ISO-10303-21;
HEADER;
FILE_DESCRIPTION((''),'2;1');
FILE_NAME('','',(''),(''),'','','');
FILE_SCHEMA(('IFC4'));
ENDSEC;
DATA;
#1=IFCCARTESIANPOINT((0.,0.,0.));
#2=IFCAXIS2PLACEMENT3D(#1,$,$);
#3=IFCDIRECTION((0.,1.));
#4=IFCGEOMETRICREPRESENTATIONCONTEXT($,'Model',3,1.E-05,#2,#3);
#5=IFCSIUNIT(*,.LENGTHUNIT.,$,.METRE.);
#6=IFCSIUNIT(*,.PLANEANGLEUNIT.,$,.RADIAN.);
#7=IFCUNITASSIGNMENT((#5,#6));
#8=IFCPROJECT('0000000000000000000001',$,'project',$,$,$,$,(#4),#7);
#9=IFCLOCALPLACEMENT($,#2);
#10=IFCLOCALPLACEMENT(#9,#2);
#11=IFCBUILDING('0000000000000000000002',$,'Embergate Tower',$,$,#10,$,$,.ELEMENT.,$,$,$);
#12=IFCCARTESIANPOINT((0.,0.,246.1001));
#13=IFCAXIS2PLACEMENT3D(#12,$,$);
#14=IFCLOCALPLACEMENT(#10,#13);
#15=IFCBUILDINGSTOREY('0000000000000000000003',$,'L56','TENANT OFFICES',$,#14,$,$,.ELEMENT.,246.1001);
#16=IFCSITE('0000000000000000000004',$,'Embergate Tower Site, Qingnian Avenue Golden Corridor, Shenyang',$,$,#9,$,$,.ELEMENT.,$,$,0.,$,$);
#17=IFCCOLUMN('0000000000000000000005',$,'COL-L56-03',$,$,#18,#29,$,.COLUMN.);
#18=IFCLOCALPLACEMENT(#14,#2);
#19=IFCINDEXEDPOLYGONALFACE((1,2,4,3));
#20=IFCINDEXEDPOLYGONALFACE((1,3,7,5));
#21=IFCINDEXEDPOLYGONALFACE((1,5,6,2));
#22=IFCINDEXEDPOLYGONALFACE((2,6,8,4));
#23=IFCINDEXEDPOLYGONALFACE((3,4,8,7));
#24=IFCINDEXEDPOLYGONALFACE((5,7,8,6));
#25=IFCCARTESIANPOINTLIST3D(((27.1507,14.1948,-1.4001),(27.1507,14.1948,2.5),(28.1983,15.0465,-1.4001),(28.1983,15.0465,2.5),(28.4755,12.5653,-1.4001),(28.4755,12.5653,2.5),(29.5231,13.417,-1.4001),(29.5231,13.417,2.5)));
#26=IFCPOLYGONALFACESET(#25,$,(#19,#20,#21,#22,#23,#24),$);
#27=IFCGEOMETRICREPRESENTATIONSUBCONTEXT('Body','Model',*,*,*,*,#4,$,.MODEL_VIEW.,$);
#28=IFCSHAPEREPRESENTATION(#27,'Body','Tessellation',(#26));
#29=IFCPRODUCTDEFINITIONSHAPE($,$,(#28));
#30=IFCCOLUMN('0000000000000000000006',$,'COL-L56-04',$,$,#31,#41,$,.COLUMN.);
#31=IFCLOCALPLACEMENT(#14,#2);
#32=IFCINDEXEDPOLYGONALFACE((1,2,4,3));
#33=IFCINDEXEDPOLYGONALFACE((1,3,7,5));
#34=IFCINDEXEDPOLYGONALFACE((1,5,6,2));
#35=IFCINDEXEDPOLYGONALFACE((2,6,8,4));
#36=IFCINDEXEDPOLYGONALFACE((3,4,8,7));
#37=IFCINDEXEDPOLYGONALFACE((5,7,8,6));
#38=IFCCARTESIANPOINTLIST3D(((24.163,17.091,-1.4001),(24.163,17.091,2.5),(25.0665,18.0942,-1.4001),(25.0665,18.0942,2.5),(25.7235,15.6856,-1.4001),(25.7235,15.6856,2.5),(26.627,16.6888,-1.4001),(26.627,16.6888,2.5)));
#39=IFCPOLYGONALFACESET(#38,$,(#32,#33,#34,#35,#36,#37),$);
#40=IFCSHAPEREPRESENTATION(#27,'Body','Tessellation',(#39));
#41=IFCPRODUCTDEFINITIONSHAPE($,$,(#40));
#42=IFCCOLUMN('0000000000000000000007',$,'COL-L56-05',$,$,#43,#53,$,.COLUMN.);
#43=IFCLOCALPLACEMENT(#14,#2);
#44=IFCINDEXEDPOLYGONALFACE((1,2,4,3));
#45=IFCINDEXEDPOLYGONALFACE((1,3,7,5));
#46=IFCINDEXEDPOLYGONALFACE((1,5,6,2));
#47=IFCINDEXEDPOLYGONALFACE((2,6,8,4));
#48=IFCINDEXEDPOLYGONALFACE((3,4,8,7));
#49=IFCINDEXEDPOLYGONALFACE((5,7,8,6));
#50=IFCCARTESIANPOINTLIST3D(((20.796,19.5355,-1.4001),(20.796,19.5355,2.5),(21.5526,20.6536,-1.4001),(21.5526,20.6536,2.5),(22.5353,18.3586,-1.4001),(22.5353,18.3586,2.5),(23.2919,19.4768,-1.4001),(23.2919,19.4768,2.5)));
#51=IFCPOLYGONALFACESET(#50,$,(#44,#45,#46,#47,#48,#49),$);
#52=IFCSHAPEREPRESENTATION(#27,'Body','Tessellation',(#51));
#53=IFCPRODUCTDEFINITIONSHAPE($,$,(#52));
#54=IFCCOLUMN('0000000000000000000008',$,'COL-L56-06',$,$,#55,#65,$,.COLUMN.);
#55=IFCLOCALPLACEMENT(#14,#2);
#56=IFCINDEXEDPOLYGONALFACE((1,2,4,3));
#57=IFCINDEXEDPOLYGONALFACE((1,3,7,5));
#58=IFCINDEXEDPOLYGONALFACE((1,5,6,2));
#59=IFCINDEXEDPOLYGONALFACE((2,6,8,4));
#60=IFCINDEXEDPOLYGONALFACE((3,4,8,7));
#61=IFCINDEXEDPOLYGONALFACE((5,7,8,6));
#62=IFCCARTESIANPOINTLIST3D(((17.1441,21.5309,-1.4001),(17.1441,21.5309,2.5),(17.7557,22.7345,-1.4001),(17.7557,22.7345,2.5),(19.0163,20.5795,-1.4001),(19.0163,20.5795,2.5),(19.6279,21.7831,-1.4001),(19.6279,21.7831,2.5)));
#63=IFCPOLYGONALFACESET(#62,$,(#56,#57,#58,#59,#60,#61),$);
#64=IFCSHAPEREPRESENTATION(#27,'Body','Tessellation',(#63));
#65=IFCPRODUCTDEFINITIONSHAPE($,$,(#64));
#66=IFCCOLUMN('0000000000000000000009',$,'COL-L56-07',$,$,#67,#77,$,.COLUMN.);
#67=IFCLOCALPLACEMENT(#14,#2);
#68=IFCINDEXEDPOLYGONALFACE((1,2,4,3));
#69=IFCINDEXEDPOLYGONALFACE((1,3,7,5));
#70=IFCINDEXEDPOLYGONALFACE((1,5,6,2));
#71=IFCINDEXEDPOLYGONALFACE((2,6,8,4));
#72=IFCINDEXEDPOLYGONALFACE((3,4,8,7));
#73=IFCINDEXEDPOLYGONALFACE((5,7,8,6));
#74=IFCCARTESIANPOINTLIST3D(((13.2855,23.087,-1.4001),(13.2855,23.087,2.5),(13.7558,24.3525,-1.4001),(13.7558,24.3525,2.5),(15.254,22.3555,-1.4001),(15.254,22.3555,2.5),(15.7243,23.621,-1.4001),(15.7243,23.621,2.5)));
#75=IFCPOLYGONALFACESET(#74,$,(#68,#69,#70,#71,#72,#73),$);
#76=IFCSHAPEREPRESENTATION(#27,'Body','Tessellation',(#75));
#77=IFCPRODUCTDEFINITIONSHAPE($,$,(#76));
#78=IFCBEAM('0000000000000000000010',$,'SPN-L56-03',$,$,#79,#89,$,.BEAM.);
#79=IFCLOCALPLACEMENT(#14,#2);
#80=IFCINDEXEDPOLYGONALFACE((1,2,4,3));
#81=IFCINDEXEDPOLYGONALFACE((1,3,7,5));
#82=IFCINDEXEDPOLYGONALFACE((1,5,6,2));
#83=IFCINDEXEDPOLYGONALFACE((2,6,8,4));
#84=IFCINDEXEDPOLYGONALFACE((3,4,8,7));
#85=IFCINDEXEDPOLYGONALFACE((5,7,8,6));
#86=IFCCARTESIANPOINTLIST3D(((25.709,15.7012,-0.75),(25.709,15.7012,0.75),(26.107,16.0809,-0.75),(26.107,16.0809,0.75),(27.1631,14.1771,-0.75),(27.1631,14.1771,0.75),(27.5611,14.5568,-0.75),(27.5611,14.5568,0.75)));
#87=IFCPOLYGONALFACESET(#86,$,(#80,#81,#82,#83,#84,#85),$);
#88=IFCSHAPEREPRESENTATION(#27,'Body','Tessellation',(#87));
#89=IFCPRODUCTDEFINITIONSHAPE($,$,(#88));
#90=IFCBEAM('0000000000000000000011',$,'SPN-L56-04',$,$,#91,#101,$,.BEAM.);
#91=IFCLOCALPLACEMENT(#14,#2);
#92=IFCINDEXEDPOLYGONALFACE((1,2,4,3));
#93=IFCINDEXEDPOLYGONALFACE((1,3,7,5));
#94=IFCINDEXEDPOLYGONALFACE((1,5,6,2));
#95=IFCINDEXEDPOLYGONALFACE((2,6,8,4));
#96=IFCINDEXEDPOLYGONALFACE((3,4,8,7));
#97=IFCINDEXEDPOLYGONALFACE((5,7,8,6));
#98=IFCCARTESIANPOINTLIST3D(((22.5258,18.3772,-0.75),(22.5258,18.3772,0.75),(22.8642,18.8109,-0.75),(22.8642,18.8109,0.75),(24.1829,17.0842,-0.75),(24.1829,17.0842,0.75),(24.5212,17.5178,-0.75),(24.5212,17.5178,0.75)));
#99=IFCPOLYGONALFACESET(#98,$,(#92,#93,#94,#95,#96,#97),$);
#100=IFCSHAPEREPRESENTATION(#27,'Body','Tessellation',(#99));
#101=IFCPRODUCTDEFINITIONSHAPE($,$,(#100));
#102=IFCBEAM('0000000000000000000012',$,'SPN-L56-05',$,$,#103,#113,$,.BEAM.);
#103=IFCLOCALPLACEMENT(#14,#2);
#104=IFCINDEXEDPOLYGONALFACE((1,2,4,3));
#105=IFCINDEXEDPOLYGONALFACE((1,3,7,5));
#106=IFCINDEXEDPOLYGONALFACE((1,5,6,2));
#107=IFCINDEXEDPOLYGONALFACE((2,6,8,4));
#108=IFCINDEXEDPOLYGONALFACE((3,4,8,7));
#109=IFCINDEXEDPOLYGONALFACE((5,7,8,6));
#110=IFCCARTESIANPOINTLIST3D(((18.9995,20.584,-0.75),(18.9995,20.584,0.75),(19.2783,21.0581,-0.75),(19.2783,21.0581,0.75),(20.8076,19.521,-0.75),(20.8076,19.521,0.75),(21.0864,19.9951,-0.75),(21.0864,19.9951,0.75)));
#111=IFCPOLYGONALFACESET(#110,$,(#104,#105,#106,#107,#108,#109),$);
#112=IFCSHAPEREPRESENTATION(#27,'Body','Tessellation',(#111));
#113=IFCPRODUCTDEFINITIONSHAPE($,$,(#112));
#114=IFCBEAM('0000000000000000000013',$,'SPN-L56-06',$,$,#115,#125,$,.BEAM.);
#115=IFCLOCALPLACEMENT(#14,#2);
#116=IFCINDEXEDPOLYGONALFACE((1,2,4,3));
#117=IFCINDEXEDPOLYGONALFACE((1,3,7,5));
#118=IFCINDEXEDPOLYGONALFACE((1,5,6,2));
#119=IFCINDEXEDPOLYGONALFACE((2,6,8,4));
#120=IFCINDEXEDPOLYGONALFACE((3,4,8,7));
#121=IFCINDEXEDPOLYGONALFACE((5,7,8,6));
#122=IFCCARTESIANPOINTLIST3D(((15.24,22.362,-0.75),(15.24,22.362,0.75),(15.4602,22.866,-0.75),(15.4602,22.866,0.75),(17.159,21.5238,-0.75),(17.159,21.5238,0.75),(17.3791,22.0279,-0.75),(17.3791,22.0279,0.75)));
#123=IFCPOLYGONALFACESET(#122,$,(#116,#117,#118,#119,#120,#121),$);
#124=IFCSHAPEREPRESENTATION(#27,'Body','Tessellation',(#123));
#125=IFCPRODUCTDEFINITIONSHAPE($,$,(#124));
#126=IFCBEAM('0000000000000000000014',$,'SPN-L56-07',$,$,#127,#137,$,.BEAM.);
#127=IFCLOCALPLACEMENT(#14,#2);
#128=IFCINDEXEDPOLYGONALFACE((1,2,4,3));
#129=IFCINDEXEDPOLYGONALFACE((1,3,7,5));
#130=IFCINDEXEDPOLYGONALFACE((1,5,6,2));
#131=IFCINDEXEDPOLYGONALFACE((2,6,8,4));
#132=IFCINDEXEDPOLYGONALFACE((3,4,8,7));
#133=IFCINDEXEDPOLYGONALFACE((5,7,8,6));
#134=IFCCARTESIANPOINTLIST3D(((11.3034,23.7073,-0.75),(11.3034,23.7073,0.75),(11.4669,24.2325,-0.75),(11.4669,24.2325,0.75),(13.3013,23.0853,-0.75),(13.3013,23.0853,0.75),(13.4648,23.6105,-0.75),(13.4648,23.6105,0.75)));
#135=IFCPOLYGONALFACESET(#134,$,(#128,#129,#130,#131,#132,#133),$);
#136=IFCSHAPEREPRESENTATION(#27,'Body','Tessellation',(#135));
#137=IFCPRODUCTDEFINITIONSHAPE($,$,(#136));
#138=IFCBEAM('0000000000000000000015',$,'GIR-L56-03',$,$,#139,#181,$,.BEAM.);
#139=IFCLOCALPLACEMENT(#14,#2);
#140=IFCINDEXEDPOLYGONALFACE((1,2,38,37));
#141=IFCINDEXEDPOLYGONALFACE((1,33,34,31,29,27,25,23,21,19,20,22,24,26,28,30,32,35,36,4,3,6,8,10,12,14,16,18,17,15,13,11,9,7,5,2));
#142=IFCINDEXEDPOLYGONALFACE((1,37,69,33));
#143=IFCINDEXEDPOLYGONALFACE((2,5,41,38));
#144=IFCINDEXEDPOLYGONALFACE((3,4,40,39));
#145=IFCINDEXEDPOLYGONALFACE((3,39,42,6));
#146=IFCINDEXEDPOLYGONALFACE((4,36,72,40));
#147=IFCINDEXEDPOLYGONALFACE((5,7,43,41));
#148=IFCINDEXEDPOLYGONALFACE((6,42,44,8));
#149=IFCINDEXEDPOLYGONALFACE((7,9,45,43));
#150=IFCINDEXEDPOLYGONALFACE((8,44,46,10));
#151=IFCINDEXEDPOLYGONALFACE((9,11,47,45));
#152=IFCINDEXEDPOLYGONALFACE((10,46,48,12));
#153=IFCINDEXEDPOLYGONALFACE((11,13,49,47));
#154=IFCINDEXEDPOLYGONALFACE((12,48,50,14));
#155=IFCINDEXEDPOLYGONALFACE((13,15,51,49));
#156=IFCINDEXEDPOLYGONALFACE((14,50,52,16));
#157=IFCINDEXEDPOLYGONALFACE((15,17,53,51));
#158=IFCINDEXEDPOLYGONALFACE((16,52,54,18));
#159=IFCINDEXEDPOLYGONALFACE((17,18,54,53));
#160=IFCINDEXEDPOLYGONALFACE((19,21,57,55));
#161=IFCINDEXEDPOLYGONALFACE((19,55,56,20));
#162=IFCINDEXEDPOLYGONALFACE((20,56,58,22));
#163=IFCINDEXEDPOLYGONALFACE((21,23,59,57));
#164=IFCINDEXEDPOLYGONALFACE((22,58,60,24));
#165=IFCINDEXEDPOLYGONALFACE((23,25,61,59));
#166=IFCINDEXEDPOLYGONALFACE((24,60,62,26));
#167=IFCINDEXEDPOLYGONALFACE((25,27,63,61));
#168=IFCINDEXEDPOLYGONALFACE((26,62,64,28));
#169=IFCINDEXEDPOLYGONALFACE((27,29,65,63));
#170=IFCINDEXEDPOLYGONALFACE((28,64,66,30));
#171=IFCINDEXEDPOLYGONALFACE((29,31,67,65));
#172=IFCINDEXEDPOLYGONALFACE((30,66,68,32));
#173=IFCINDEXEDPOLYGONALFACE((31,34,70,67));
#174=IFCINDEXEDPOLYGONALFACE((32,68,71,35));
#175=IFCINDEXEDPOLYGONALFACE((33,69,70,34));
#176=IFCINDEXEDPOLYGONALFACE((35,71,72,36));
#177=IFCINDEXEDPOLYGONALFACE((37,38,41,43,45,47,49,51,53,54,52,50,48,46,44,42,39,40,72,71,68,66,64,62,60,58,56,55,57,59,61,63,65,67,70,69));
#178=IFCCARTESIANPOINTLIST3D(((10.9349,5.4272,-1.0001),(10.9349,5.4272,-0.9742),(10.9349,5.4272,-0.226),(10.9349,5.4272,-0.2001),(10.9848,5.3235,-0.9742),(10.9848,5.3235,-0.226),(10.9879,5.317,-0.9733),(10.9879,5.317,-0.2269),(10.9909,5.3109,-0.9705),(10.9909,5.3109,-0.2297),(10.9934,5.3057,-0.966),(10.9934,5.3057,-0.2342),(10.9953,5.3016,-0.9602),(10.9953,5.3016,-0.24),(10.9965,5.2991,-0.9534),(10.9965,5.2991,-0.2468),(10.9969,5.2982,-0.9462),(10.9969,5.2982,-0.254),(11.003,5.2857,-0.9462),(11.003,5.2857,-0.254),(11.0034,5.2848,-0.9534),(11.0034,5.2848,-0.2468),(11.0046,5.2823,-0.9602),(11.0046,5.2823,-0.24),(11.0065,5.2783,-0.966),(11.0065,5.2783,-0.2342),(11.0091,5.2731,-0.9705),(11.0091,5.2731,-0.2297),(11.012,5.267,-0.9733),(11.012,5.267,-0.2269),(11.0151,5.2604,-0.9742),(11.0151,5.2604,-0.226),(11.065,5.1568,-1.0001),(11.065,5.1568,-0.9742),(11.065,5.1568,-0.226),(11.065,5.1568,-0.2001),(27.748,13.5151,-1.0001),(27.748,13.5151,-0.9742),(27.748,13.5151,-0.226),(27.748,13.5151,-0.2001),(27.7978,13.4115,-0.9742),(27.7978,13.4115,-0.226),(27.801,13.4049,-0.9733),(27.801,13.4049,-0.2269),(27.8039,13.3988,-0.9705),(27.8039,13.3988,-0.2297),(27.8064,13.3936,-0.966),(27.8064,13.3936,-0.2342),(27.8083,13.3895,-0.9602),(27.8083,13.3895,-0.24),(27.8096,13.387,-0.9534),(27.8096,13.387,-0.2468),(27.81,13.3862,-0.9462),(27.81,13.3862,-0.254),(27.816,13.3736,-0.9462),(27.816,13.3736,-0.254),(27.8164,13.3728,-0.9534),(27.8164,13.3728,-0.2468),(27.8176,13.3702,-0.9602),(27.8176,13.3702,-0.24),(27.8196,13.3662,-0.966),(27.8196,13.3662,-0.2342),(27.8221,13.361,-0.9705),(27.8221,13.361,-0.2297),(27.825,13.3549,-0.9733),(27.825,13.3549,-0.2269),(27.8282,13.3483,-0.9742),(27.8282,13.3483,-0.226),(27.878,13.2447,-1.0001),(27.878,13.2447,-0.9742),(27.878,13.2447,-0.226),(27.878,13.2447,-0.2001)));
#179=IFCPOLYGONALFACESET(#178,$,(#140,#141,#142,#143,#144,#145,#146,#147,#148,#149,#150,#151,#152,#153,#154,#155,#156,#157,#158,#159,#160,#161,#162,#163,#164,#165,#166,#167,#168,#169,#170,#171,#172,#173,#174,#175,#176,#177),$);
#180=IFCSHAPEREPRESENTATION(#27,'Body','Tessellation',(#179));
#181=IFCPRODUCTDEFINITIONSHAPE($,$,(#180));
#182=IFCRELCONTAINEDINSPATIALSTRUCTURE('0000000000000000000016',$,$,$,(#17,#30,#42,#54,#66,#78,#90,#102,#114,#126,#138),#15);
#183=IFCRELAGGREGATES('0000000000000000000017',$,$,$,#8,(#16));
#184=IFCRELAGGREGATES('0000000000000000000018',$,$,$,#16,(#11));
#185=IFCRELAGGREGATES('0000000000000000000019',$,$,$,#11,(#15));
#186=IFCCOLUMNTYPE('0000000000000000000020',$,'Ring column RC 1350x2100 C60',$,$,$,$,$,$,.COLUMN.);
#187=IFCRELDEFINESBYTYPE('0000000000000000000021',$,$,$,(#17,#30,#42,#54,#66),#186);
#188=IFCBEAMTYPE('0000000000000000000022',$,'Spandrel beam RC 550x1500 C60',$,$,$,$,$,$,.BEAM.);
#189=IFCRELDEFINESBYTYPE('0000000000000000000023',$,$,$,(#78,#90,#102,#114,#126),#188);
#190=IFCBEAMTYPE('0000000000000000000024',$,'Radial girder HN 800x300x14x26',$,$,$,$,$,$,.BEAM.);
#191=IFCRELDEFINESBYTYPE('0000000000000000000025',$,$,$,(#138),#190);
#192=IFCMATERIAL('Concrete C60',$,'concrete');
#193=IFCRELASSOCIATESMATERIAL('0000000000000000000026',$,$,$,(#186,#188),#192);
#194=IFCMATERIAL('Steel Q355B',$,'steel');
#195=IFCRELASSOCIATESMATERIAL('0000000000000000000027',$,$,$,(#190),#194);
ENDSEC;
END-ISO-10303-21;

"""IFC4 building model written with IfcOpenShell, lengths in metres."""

from ifc_helpers import new_model, si_unit, direction, frame, origin, origin_2d, place, context, subcontext, project, spatial, rectangle, i_section, extrude, source, transform, mapped, material, material_profile, profile_set, type_object, element, save


model = new_model("IFC4")

# Units and contexts
model_context = context("Model", 3, precision=1e-05, world=origin(), true_north=direction((0.0, 1.0)))
body_context = subcontext(model_context, "Body", "Model", "MODEL_VIEW")
ifc_project = project(units=[si_unit("LENGTHUNIT", "METRE"), si_unit("PLANEANGLEUNIT", "RADIAN")], contexts=[model_context])

# Site, building, storey
site_placement = place(None, origin())
site = spatial("IfcSite", under=ifc_project, at=site_placement, Name="Embergate Tower Site, Qingnian Avenue Golden Corridor, Shenyang", CompositionType="ELEMENT", RefElevation=0.0)
building_placement = place(site_placement, origin())
building = spatial("IfcBuilding", under=site, at=building_placement, Name="Embergate Tower", CompositionType="ELEMENT")
storey_placement = place(building_placement, frame((0.0, 0.0, 246.1001)))
storey = spatial("IfcBuildingStorey", under=building, at=storey_placement, Name="L56", Description="TENANT OFFICES", CompositionType="ELEMENT", Elevation=246.1001)

# Columns
ifc_material_1 = material(Name="Concrete C60", Category="concrete")
ifc_material_profile_1 = material_profile(ifc_material_1, rectangle(XDim=1.3501, YDim=2.1001, at=origin_2d()), Name="RC 1350x2100")
ifc_profile_set_1 = profile_set([ifc_material_profile_1], Name="Concrete C60")
column_type = type_object("IfcColumnType", Name="Ring column RC 1350x2100 C60", PredefinedType="COLUMN", material=ifc_profile_set_1)
shared_shape_1 = source(origin(), body_context, "Body", "SweptSolid", [
    extrude(rectangle(XDim=1.3501, YDim=2.1001, at=origin_2d()), origin(), (0.0, 0.0, 1.0), 3.9001),
])
for number, where, z_axis, x_axis, name in (
    (1, (28.3369, 13.8059, -1.4001), (0.0, 0.0, 1.0), (0.775925, 0.630825, 0.0), "COL-L56-03"),
    (2, (25.395, 16.8899, -1.4001), (0.0, 0.0, 1.0), (0.669208, 0.743075, 0.0), "COL-L56-04"),
    (3, (22.0439, 19.5061, -1.4001), (0.0, 0.0, 1.0), (0.560393, 0.828227, 0.0), "COL-L56-05"),
    (4, (18.386, 21.657, -1.4001), (0.0, 0.0, 1.0), (0.453011, 0.891505, 0.0), "COL-L56-06"),
    (5, (14.5049, 23.354, -1.4001), (0.0, 0.0, 1.0), (0.348343, 0.937367, 0.0), "COL-L56-07"),
):
    element("IfcColumn", number, at=place(storey_placement, frame(where, z_axis=z_axis, x_axis=x_axis)), inside=storey, type_object=column_type, Name=name, PredefinedType="COLUMN", context=body_context, shape_type="MappedRepresentation", body=[
        mapped(shared_shape_1, transform((0.0, 0.0, 0.0))),
    ])

# Beams
ifc_material_profile_2 = material_profile(ifc_material_1, rectangle(XDim=0.55, YDim=1.5, at=origin_2d()), Name="RC 550x1500")
ifc_profile_set_2 = profile_set([ifc_material_profile_2], Name="Concrete C60")
beam_type_1 = type_object("IfcBeamType", Name="Spandrel beam RC 550x1500 C60", PredefinedType="BEAM", material=ifc_profile_set_2)
shared_shape_2 = source(origin(), body_context, "Body", "SweptSolid", [
    extrude(rectangle(XDim=0.55, YDim=1.5, at=origin_2d()), origin(), (0.0, 0.0, 1.0), 2.1064),
])
beam_1_placement = place(storey_placement, frame((27.3621, 14.3669, 0.0), z_axis=(-0.69028, 0.723542, 0.0), x_axis=(-0.723542, -0.69028, 0.0)))
element("IfcBeam", 6, at=beam_1_placement, inside=storey, type_object=beam_type_1, Name="SPN-L56-03", PredefinedType="BEAM", context=body_context, shape_type="MappedRepresentation", body=[
    mapped(shared_shape_2, transform((0.0, 0.0, 0.0))),
])
shared_shape_3 = source(origin(), body_context, "Body", "SweptSolid", [
    extrude(rectangle(XDim=0.55, YDim=1.5, at=origin_2d()), origin(), (0.0, 0.0, 1.0), 2.1018),
])
beam_2_placement = place(storey_placement, frame((24.3521, 17.301, 0.0), z_axis=(-0.788382, 0.615186, 0.0), x_axis=(-0.615186, -0.788382, 0.0)))
element("IfcBeam", 7, at=beam_2_placement, inside=storey, type_object=beam_type_1, Name="SPN-L56-04", PredefinedType="BEAM", context=body_context, shape_type="MappedRepresentation", body=[
    mapped(shared_shape_3, transform((0.0, 0.0, 0.0))),
])
shared_shape_4 = source(origin(), body_context, "Body", "SweptSolid", [
    extrude(rectangle(XDim=0.55, YDim=1.5, at=origin_2d()), origin(), (0.0, 0.0, 1.0), 2.0974),
])
beam_3_placement = place(storey_placement, frame((20.947, 19.7581, 0.0), z_axis=(-0.86206, 0.506806, 0.0), x_axis=(-0.506806, -0.86206, 0.0)))
element("IfcBeam", 8, at=beam_3_placement, inside=storey, type_object=beam_type_1, Name="SPN-L56-05", PredefinedType="BEAM", context=body_context, shape_type="MappedRepresentation", body=[
    mapped(shared_shape_4, transform((0.0, 0.0, 0.0))),
])
shared_shape_5 = source(origin(), body_context, "Body", "SweptSolid", [
    extrude(rectangle(XDim=0.55, YDim=1.5, at=origin_2d()), origin(), (0.0, 0.0, 1.0), 2.094),
])
beam_4_placement = place(storey_placement, frame((17.269, 21.7759, 0.0), z_axis=(-0.916403, 0.400256, 0.0), x_axis=(-0.400256, -0.916403, 0.0)))
element("IfcBeam", 9, at=beam_4_placement, inside=storey, type_object=beam_type_1, Name="SPN-L56-06", PredefinedType="BEAM", context=body_context, shape_type="MappedRepresentation", body=[
    mapped(shared_shape_5, transform((0.0, 0.0, 0.0))),
])
shared_shape_6 = source(origin(), body_context, "Body", "SweptSolid", [
    extrude(rectangle(XDim=0.55, YDim=1.5, at=origin_2d()), origin(), (0.0, 0.0, 1.0), 2.0925),
])
beam_5_placement = place(storey_placement, frame((13.3831, 23.3479, 0.0), z_axis=(-0.954795, 0.297265, 0.0), x_axis=(-0.297265, -0.954795, 0.0)))
element("IfcBeam", 10, at=beam_5_placement, inside=storey, type_object=beam_type_1, Name="SPN-L56-07", PredefinedType="BEAM", context=body_context, shape_type="MappedRepresentation", body=[
    mapped(shared_shape_6, transform((0.0, 0.0, 0.0))),
])
ifc_material_2 = material(Name="Steel Q355B", Category="steel")
ifc_material_profile_3 = material_profile(ifc_material_2, i_section(OverallWidth=0.3, OverallDepth=0.8, WebThickness=0.0139, FlangeThickness=0.0259, FilletRadius=0.0281, at=origin_2d()), Name="HN 800x300x14x26")
ifc_profile_set_3 = profile_set([ifc_material_profile_3], Name="Steel Q355 grade B")
beam_type_2 = type_object("IfcBeamType", Name="Radial girder HN 800x300x14x26", PredefinedType="BEAM", material=ifc_profile_set_3)
shared_shape_7 = source(origin(), body_context, "Body", "SweptSolid", [
    extrude(i_section(OverallWidth=0.3, OverallDepth=0.8, WebThickness=0.0139, FlangeThickness=0.0259, FilletRadius=0.0281, at=origin_2d()), origin(), (0.0, 0.0, 1.0), 18.6572),
])
beam_6_placement = place(storey_placement, frame((27.813, 13.3799, -0.6001), z_axis=(-0.901154, -0.4335, 0.0), x_axis=(0.4335, -0.901154, 0.0)))
element("IfcBeam", 11, at=beam_6_placement, inside=storey, type_object=beam_type_2, Name="GIR-L56-03", PredefinedType="BEAM", context=body_context, shape_type="MappedRepresentation", body=[
    mapped(shared_shape_7, transform((0.0, 0.0, 0.0))),
])

save(model, "model.ifc")
